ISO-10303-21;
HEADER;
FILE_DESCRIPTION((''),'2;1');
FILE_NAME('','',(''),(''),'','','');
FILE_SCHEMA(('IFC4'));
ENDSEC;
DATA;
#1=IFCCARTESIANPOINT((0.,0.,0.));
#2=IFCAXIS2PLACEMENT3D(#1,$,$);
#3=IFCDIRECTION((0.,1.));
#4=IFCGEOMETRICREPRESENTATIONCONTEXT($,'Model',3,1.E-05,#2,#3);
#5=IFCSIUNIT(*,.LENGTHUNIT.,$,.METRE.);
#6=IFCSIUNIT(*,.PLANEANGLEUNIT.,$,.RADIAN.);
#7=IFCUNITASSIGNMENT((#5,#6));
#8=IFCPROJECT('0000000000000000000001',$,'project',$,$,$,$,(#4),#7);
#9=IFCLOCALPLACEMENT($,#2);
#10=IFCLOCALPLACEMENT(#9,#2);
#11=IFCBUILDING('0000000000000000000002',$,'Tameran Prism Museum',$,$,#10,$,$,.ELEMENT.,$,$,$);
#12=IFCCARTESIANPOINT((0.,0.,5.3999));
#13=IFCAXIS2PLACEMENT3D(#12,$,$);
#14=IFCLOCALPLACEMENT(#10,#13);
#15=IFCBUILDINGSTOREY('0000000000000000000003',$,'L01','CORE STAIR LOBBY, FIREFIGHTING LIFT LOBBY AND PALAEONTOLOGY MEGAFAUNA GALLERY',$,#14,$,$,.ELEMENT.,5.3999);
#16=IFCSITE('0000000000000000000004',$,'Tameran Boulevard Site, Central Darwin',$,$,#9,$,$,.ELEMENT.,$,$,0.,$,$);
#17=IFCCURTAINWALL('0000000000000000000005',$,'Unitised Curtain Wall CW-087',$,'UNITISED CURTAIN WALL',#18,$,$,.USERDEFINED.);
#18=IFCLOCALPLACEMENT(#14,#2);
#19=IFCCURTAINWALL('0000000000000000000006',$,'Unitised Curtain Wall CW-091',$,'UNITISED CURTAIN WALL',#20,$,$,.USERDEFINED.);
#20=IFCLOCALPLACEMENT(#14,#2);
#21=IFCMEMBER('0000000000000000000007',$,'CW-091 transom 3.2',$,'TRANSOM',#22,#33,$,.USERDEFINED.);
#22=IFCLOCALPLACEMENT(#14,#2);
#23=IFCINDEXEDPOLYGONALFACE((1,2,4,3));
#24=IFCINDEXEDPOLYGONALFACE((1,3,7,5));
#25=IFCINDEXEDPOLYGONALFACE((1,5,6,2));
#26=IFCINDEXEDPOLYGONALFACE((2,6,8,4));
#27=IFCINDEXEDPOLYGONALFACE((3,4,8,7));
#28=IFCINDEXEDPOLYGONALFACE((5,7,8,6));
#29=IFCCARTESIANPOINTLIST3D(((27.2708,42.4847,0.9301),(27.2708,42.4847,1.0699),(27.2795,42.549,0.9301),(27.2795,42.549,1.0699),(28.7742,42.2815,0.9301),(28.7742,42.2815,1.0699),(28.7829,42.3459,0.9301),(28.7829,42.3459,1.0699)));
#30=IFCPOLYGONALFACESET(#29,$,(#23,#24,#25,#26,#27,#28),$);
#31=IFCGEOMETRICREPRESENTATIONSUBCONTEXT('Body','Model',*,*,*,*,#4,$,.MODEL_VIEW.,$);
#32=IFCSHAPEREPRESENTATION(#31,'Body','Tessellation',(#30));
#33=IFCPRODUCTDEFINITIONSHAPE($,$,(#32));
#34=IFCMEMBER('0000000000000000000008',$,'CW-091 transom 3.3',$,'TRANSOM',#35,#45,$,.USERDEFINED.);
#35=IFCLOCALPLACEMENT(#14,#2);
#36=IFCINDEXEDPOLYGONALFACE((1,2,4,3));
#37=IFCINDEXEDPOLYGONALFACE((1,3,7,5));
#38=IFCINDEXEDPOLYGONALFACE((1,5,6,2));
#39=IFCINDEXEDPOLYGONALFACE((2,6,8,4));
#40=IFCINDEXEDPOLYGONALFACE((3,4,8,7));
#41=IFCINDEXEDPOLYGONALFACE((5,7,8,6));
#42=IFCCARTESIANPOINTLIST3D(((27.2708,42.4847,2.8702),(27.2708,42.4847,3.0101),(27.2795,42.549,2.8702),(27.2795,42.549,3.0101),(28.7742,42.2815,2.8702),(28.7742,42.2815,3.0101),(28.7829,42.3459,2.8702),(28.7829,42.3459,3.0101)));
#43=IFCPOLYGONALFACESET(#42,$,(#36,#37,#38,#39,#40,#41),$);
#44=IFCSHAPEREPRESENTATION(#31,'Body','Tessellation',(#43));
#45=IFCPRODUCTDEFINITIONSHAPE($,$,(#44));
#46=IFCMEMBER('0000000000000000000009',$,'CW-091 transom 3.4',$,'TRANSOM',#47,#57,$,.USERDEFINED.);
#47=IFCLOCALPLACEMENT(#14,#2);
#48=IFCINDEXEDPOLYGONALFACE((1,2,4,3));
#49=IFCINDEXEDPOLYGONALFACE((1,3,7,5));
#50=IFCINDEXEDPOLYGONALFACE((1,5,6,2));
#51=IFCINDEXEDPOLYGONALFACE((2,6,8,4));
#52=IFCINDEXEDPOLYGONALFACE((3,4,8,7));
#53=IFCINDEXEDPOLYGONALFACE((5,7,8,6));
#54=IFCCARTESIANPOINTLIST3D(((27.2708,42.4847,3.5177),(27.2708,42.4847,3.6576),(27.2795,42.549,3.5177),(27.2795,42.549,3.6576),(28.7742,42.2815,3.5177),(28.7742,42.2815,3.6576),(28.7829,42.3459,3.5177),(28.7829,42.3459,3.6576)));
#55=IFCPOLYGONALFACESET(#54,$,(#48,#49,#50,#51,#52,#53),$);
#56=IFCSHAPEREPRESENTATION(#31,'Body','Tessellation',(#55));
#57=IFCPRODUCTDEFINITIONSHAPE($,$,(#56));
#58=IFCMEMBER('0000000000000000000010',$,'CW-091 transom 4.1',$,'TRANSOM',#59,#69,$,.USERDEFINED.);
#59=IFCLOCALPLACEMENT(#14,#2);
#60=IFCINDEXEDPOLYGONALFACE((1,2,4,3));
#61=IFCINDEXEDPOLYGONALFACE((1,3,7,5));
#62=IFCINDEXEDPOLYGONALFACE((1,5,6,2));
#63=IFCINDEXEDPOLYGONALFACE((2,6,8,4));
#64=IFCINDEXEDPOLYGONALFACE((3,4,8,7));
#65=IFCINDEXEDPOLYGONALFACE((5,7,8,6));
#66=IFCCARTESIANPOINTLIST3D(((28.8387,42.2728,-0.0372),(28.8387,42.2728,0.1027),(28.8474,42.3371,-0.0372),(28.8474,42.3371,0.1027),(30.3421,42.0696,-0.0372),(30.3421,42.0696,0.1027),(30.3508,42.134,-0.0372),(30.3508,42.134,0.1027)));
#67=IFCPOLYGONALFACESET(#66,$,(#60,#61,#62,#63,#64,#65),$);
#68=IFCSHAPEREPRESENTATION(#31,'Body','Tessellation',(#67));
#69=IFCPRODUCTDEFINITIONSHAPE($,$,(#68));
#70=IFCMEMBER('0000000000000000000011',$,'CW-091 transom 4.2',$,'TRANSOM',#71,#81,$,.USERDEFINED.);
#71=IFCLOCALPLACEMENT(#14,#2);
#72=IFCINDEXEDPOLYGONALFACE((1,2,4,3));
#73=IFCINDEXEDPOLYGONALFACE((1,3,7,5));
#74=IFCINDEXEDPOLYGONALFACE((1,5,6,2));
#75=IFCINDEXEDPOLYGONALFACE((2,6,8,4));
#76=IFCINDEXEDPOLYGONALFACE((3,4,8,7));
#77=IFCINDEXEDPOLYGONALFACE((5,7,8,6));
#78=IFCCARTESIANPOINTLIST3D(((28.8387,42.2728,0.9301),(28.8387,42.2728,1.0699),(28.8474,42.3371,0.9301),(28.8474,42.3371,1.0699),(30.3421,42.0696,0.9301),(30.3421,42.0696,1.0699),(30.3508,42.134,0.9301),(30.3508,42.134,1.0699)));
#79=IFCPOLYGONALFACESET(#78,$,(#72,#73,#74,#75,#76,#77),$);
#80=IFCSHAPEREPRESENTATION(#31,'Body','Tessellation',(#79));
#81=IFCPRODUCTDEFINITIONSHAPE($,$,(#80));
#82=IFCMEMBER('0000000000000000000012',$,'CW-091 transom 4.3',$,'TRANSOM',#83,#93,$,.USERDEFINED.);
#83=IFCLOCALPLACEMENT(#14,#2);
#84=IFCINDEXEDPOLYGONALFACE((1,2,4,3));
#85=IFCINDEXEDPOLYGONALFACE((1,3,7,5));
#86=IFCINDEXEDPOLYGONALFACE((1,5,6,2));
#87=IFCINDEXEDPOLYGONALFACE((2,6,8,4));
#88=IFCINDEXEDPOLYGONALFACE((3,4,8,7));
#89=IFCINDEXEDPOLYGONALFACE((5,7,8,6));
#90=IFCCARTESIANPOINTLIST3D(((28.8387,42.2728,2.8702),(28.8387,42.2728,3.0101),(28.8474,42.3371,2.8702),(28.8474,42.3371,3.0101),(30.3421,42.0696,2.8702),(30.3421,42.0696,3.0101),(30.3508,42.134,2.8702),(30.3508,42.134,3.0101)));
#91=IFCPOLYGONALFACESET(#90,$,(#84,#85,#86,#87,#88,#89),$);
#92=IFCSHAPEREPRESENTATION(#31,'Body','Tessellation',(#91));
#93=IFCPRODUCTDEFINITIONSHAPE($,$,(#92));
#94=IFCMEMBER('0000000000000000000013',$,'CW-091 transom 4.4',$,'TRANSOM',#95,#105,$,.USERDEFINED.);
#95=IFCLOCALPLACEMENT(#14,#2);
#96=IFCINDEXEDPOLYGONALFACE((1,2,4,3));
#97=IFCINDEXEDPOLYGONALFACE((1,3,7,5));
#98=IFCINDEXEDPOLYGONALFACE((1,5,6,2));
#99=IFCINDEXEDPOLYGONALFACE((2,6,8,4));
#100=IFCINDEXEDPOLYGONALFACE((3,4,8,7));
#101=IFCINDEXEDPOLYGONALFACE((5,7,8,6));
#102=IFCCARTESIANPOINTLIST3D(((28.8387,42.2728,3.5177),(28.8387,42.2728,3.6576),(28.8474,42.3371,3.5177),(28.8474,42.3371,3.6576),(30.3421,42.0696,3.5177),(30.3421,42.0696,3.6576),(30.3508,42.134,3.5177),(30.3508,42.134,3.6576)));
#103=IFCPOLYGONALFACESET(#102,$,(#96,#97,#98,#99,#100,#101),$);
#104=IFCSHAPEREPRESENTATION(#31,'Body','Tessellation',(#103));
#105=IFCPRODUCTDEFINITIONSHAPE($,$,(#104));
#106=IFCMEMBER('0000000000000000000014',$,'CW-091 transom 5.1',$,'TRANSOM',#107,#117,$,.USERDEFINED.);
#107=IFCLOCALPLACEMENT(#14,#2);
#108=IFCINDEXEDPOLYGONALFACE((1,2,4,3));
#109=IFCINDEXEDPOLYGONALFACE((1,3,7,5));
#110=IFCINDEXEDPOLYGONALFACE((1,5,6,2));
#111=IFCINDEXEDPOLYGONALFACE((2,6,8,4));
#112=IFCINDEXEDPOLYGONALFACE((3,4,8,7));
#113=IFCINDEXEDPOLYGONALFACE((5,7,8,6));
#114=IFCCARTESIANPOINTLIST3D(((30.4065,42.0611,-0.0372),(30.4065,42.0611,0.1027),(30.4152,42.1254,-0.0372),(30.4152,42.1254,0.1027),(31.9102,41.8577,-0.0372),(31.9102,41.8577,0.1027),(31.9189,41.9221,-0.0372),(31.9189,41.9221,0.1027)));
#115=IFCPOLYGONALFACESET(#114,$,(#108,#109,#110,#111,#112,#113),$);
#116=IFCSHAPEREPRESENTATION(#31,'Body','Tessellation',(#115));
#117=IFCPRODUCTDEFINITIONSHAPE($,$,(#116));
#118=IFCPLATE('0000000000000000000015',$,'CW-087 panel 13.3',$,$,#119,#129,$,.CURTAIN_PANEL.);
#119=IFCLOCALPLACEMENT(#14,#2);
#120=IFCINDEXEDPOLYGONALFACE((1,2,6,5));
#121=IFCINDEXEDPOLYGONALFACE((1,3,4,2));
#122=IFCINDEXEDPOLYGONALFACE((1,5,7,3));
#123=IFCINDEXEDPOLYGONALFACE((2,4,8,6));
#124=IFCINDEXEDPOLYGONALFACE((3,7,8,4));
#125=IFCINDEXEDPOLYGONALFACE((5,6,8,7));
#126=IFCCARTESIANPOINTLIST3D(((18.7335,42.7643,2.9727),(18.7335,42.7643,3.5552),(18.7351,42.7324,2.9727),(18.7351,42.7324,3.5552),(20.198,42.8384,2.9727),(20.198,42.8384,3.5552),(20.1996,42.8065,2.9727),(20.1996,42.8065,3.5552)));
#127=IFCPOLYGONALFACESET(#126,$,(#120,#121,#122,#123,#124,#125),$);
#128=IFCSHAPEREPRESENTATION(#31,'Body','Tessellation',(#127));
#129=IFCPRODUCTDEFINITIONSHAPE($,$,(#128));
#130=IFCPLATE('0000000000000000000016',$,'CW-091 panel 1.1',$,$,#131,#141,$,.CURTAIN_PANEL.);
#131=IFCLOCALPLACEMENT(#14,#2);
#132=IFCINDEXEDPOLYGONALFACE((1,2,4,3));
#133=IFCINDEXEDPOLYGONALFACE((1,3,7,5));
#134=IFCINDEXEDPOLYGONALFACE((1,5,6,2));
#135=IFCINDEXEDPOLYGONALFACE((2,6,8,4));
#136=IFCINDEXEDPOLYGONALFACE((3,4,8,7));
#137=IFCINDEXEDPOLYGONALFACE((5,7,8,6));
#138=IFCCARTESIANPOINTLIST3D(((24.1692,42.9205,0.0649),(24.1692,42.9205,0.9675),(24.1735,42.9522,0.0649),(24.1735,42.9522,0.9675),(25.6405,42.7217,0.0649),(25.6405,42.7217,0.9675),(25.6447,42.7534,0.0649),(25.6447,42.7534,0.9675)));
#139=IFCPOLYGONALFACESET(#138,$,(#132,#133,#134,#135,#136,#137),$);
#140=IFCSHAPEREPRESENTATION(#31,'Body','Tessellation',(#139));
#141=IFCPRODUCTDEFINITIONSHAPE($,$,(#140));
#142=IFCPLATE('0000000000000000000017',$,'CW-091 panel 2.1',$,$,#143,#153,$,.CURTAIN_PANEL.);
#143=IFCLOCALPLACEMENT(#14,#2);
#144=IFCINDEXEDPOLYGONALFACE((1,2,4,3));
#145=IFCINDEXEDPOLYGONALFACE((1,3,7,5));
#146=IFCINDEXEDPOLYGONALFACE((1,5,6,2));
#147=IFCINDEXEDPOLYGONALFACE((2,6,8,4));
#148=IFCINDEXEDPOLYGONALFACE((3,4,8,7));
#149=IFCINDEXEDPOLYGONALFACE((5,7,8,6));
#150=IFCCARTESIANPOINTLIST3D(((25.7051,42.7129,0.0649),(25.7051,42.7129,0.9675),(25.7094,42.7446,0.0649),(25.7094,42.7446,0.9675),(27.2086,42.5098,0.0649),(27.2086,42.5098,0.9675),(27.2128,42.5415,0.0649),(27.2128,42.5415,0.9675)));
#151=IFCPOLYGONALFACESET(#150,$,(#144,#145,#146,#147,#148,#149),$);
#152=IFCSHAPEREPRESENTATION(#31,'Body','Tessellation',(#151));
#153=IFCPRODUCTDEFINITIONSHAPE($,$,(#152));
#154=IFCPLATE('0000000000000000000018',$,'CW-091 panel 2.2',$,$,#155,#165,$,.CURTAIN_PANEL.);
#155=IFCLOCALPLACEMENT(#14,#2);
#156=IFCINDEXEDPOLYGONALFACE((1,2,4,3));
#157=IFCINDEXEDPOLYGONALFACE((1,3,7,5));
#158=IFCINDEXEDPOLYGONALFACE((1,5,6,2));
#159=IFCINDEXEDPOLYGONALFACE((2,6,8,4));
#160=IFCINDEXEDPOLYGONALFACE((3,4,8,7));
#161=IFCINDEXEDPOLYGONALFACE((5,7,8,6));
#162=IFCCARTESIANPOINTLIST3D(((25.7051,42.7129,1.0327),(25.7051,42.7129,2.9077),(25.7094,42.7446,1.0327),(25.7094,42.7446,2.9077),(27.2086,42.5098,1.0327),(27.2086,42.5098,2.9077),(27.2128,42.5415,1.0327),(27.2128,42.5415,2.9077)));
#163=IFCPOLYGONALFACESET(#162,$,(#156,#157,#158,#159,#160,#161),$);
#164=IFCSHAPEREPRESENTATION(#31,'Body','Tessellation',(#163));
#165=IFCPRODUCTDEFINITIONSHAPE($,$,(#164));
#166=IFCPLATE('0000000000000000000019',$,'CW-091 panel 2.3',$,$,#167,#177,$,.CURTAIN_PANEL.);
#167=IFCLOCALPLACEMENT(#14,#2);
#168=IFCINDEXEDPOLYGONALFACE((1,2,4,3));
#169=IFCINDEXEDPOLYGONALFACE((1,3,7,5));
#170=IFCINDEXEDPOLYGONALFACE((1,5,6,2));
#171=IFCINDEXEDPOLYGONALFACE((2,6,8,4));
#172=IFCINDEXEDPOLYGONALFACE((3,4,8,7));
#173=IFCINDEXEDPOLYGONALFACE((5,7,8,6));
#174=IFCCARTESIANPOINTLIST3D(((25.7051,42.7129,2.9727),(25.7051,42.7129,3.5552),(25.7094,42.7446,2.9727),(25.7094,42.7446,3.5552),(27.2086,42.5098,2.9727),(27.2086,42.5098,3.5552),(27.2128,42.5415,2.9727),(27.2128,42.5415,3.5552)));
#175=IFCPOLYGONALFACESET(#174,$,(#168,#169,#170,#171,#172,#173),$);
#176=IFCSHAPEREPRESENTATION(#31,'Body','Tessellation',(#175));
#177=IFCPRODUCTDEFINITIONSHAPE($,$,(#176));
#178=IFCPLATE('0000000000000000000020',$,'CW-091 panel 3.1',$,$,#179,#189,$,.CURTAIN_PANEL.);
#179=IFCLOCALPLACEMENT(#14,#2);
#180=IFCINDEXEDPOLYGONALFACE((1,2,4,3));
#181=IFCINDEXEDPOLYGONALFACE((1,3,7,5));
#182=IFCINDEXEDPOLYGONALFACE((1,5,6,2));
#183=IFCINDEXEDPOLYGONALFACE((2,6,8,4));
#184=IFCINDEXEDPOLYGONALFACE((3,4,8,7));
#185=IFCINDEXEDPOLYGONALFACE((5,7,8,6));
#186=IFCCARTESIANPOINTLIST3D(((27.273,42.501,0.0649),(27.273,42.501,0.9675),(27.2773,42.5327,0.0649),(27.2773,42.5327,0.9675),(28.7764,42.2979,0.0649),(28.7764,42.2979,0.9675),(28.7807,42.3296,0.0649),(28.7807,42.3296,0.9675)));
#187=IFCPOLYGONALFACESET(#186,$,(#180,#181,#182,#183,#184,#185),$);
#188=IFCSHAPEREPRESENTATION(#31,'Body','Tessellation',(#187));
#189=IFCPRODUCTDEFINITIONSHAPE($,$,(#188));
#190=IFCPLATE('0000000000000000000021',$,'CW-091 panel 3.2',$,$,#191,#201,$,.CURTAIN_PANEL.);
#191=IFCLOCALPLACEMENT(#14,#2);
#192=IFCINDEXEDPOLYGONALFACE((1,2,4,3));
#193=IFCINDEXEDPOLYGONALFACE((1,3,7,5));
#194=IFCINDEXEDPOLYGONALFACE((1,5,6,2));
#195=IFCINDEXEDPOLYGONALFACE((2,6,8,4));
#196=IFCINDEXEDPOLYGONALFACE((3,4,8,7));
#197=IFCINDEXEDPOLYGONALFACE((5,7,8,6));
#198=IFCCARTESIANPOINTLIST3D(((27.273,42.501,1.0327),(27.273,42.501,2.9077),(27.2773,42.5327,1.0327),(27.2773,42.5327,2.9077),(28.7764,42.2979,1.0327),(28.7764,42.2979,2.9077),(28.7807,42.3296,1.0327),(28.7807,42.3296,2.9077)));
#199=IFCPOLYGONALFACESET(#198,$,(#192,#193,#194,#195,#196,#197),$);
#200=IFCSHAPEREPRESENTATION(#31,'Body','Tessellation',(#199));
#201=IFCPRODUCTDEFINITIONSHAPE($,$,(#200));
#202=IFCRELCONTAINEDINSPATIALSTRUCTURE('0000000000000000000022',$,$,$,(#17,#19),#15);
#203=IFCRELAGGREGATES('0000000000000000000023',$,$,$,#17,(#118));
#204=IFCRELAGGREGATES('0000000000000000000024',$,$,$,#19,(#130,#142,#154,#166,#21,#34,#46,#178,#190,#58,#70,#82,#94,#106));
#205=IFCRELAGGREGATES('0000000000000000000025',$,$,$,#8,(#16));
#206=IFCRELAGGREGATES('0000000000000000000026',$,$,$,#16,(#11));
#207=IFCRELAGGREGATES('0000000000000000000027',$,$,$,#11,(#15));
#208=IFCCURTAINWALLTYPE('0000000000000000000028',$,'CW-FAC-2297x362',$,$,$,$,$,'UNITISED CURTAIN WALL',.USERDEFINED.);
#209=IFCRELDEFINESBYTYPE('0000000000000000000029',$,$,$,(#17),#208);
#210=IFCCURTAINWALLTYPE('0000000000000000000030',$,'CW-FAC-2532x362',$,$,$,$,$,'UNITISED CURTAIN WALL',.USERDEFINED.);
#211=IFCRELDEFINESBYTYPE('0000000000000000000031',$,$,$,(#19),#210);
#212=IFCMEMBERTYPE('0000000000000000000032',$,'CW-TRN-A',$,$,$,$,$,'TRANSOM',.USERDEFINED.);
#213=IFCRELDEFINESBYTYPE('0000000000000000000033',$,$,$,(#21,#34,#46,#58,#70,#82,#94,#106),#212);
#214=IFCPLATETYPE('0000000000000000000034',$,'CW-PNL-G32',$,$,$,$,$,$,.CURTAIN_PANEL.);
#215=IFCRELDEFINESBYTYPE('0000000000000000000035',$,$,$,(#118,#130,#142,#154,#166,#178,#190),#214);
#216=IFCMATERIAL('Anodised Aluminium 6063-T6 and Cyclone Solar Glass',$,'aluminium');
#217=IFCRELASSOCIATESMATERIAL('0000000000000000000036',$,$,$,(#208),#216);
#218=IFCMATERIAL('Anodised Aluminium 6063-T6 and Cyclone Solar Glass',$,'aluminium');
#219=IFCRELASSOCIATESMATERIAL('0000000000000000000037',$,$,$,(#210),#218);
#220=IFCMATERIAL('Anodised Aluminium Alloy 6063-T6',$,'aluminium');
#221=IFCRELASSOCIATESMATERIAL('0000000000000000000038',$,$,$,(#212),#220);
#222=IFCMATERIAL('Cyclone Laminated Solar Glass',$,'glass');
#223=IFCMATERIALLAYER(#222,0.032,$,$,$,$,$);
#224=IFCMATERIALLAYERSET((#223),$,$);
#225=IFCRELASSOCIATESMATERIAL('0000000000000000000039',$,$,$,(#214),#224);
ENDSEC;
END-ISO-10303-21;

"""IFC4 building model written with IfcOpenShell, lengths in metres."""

from ifc_helpers import new_model, si_unit, direction, frame, origin, origin_2d, place, context, subcontext, project, spatial, rectangle, extrude, material, layer, layer_set, material_profile, profile_set, type_object, element, aggregate, save


model = new_model("IFC4")

# Units and contexts
model_context = context("Model", 3, precision=1e-05, world=origin(), true_north=direction((0.0, 1.0)))
body_context = subcontext(model_context, "Body", "Model", "MODEL_VIEW")
ifc_project = project(units=[si_unit("LENGTHUNIT", "METRE"), si_unit("PLANEANGLEUNIT", "RADIAN")], contexts=[model_context])

# Site, building, storey
site_placement = place(None, origin())
site = spatial("IfcSite", under=ifc_project, at=site_placement, Name="Tameran Boulevard Site, Central Darwin", CompositionType="ELEMENT", RefElevation=0.0)
building_placement = place(site_placement, origin())
building = spatial("IfcBuilding", under=site, at=building_placement, Name="Tameran Prism Museum", CompositionType="ELEMENT")
storey_placement = place(building_placement, frame((0.0, 0.0, 5.3999)))
storey = spatial("IfcBuildingStorey", under=building, at=storey_placement, Name="L01", Description="CORE STAIR LOBBY, FIREFIGHTING LIFT LOBBY AND PALAEONTOLOGY MEGAFAUNA GALLERY", CompositionType="ELEMENT", Elevation=5.3999)

# Curtain wall
ifc_material_1 = material(Name="Anodised Aluminium 6063-T6 and Cyclone Solar Glass", Category="aluminium")
curtain_wall_type_1 = type_object("IfcCurtainWallType", Name="CW-FAC-2297x362", ElementType="UNITISED CURTAIN WALL", PredefinedType="USERDEFINED", material=ifc_material_1)
curtain_wall_1_placement = place(storey_placement, origin())
curtain_wall_1 = element("IfcCurtainWall", 1, at=curtain_wall_1_placement, inside=storey, type_object=curtain_wall_type_1, Name="Unitised Curtain Wall CW-087", ObjectType="UNITISED CURTAIN WALL", PredefinedType="USERDEFINED")

# Curtain wall
ifc_material_2 = material(Name="Anodised Aluminium 6063-T6 and Cyclone Solar Glass", Category="aluminium")
curtain_wall_type_2 = type_object("IfcCurtainWallType", Name="CW-FAC-2532x362", ElementType="UNITISED CURTAIN WALL", PredefinedType="USERDEFINED", material=ifc_material_2)
curtain_wall_2_placement = place(storey_placement, origin())
curtain_wall_2 = element("IfcCurtainWall", 2, at=curtain_wall_2_placement, inside=storey, type_object=curtain_wall_type_2, Name="Unitised Curtain Wall CW-091", ObjectType="UNITISED CURTAIN WALL", PredefinedType="USERDEFINED")

# Members
ifc_material_3 = material(Name="Anodised Aluminium Alloy 6063-T6", Category="aluminium")
ifc_material_profile_1 = material_profile(ifc_material_3, rectangle(XDim=0.0649, YDim=0.1399, at=origin_2d()))
ifc_profile_set_1 = profile_set([ifc_material_profile_1])
member_type_1 = type_object("IfcMemberType", Name="CW-TRN-A", ElementType="TRANSOM", PredefinedType="USERDEFINED", material=ifc_profile_set_1)
member_1_placement = place(storey_placement, frame((27.2751, 42.5168, 1.0), z_axis=(0.990996, -0.133892, 0.0), x_axis=(0.133892, 0.990996, 0.0)))
member_1 = element("IfcMember", 3, at=member_1_placement, type_object=member_type_1, Name="CW-091 transom 3.2", ObjectType="TRANSOM", PredefinedType="USERDEFINED", context=body_context, shape_type="SweptSolid", body=[
    extrude(rectangle(XDim=0.0649, YDim=0.1399, at=origin_2d()), origin(), (0.0, 0.0, 1.0), 1.5171),
])
member_2_placement = place(storey_placement, frame((27.2751, 42.5168, 2.9402), z_axis=(0.990996, -0.133892, 0.0), x_axis=(0.133892, 0.990996, 0.0)))
member_2 = element("IfcMember", 4, at=member_2_placement, type_object=member_type_1, Name="CW-091 transom 3.3", ObjectType="TRANSOM", PredefinedType="USERDEFINED", context=body_context, shape_type="SweptSolid", body=[
    extrude(rectangle(XDim=0.0649, YDim=0.1399, at=origin_2d()), origin(), (0.0, 0.0, 1.0), 1.5171),
])
member_3_placement = place(storey_placement, frame((27.2751, 42.5168, 3.5876), z_axis=(0.990996, -0.133892, 0.0), x_axis=(0.133892, 0.990996, 0.0)))
member_3 = element("IfcMember", 5, at=member_3_placement, type_object=member_type_1, Name="CW-091 transom 3.4", ObjectType="TRANSOM", PredefinedType="USERDEFINED", context=body_context, shape_type="SweptSolid", body=[
    extrude(rectangle(XDim=0.0649, YDim=0.1399, at=origin_2d()), origin(), (0.0, 0.0, 1.0), 1.5171),
])
member_4_placement = place(storey_placement, frame((28.843, 42.3049, 0.0327), z_axis=(0.990996, -0.133892, 0.0), x_axis=(0.133892, 0.990996, 0.0)))
member_4 = element("IfcMember", 6, at=member_4_placement, type_object=member_type_1, Name="CW-091 transom 4.1", ObjectType="TRANSOM", PredefinedType="USERDEFINED", context=body_context, shape_type="SweptSolid", body=[
    extrude(rectangle(XDim=0.0649, YDim=0.1399, at=origin_2d()), origin(), (0.0, 0.0, 1.0), 1.5171),
])
member_5_placement = place(storey_placement, frame((28.843, 42.3049, 1.0), z_axis=(0.990996, -0.133892, 0.0), x_axis=(0.133892, 0.990996, 0.0)))
member_5 = element("IfcMember", 7, at=member_5_placement, type_object=member_type_1, Name="CW-091 transom 4.2", ObjectType="TRANSOM", PredefinedType="USERDEFINED", context=body_context, shape_type="SweptSolid", body=[
    extrude(rectangle(XDim=0.0649, YDim=0.1399, at=origin_2d()), origin(), (0.0, 0.0, 1.0), 1.5171),
])
member_6_placement = place(storey_placement, frame((28.843, 42.3049, 2.9402), z_axis=(0.990996, -0.133892, 0.0), x_axis=(0.133892, 0.990996, 0.0)))
member_6 = element("IfcMember", 8, at=member_6_placement, type_object=member_type_1, Name="CW-091 transom 4.3", ObjectType="TRANSOM", PredefinedType="USERDEFINED", context=body_context, shape_type="SweptSolid", body=[
    extrude(rectangle(XDim=0.0649, YDim=0.1399, at=origin_2d()), origin(), (0.0, 0.0, 1.0), 1.5171),
])
member_7_placement = place(storey_placement, frame((28.843, 42.3049, 3.5876), z_axis=(0.990996, -0.133892, 0.0), x_axis=(0.133892, 0.990996, 0.0)))
member_7 = element("IfcMember", 9, at=member_7_placement, type_object=member_type_1, Name="CW-091 transom 4.4", ObjectType="TRANSOM", PredefinedType="USERDEFINED", context=body_context, shape_type="SweptSolid", body=[
    extrude(rectangle(XDim=0.0649, YDim=0.1399, at=origin_2d()), origin(), (0.0, 0.0, 1.0), 1.5171),
])
member_8_placement = place(storey_placement, frame((30.4109, 42.0933, 0.0327), z_axis=(0.990977, -0.134029, 0.0), x_axis=(0.134029, 0.990977, 0.0)))
member_8 = element("IfcMember", 10, at=member_8_placement, type_object=member_type_1, Name="CW-091 transom 5.1", ObjectType="TRANSOM", PredefinedType="USERDEFINED", context=body_context, shape_type="SweptSolid", body=[
    extrude(rectangle(XDim=0.0649, YDim=0.1399, at=origin_2d()), origin(), (0.0, 0.0, 1.0), 1.5173),
])

# Plates
ifc_material_4 = material(Name="Cyclone Laminated Solar Glass", Category="glass")
ifc_layer = layer(ifc_material_4, 0.032)
ifc_layer_set = layer_set([ifc_layer])
plate_type = type_object("IfcPlateType", Name="CW-PNL-G32", PredefinedType="CURTAIN_PANEL", material=ifc_layer_set)
plate_1_placement = place(storey_placement, frame((19.4666, 42.7854, 2.9727), z_axis=(0.0, 0.0, 1.0), x_axis=(0.998722, 0.050546, 0.0)))
plate_1 = element("IfcPlate", 11, at=plate_1_placement, type_object=plate_type, Name="CW-087 panel 13.3", PredefinedType="CURTAIN_PANEL", context=body_context, shape_type="SweptSolid", body=[
    extrude(rectangle(XDim=1.4663, YDim=0.032, at=origin_2d()), origin(), (0.0, 0.0, 1.0), 0.5825),
])
aggregate(curtain_wall_1, [plate_1])
plate_2_placement = place(storey_placement, frame((24.907, 42.8369, 0.0649), z_axis=(0.0, 0.0, 1.0), x_axis=(0.990993, -0.133913, 0.0)))
plate_2 = element("IfcPlate", 12, at=plate_2_placement, type_object=plate_type, Name="CW-091 panel 1.1", PredefinedType="CURTAIN_PANEL", context=body_context, shape_type="SweptSolid", body=[
    extrude(rectangle(XDim=1.4846, YDim=0.032, at=origin_2d()), origin(), (0.0, 0.0, 1.0), 0.9026),
])
plate_3_placement = place(storey_placement, frame((26.459, 42.6272, 0.0649), z_axis=(0.0, 0.0, 1.0), x_axis=(0.990993, -0.133913, 0.0)))
plate_3 = element("IfcPlate", 13, at=plate_3_placement, type_object=plate_type, Name="CW-091 panel 2.1", PredefinedType="CURTAIN_PANEL", context=body_context, shape_type="SweptSolid", body=[
    extrude(rectangle(XDim=1.5171, YDim=0.032, at=origin_2d()), origin(), (0.0, 0.0, 1.0), 0.9026),
])
plate_4_placement = place(storey_placement, frame((26.459, 42.6272, 1.0327), z_axis=(0.0, 0.0, 1.0), x_axis=(0.990993, -0.133913, 0.0)))
plate_4 = element("IfcPlate", 14, at=plate_4_placement, type_object=plate_type, Name="CW-091 panel 2.2", PredefinedType="CURTAIN_PANEL", context=body_context, shape_type="SweptSolid", body=[
    extrude(rectangle(XDim=1.5171, YDim=0.032, at=origin_2d()), origin(), (0.0, 0.0, 1.0), 1.875),
])
plate_5_placement = place(storey_placement, frame((26.459, 42.6272, 2.9727), z_axis=(0.0, 0.0, 1.0), x_axis=(0.990993, -0.133913, 0.0)))
plate_5 = element("IfcPlate", 15, at=plate_5_placement, type_object=plate_type, Name="CW-091 panel 2.3", PredefinedType="CURTAIN_PANEL", context=body_context, shape_type="SweptSolid", body=[
    extrude(rectangle(XDim=1.5171, YDim=0.032, at=origin_2d()), origin(), (0.0, 0.0, 1.0), 0.5825),
])
plate_6_placement = place(storey_placement, frame((28.0269, 42.4153, 0.0649), z_axis=(0.0, 0.0, 1.0), x_axis=(0.990993, -0.133913, 0.0)))
plate_6 = element("IfcPlate", 16, at=plate_6_placement, type_object=plate_type, Name="CW-091 panel 3.1", PredefinedType="CURTAIN_PANEL", context=body_context, shape_type="SweptSolid", body=[
    extrude(rectangle(XDim=1.5171, YDim=0.032, at=origin_2d()), origin(), (0.0, 0.0, 1.0), 0.9026),
])
plate_7_placement = place(storey_placement, frame((28.0269, 42.4153, 1.0327), z_axis=(0.0, 0.0, 1.0), x_axis=(0.990993, -0.133913, 0.0)))
plate_7 = element("IfcPlate", 17, at=plate_7_placement, type_object=plate_type, Name="CW-091 panel 3.2", PredefinedType="CURTAIN_PANEL", context=body_context, shape_type="SweptSolid", body=[
    extrude(rectangle(XDim=1.5171, YDim=0.032, at=origin_2d()), origin(), (0.0, 0.0, 1.0), 1.875),
])
aggregate(curtain_wall_2, [plate_2, plate_3, plate_4, plate_5, member_1, member_2, member_3, plate_6, plate_7, member_4, member_5, member_6, member_7, member_8])

save(model, "model.ifc")
